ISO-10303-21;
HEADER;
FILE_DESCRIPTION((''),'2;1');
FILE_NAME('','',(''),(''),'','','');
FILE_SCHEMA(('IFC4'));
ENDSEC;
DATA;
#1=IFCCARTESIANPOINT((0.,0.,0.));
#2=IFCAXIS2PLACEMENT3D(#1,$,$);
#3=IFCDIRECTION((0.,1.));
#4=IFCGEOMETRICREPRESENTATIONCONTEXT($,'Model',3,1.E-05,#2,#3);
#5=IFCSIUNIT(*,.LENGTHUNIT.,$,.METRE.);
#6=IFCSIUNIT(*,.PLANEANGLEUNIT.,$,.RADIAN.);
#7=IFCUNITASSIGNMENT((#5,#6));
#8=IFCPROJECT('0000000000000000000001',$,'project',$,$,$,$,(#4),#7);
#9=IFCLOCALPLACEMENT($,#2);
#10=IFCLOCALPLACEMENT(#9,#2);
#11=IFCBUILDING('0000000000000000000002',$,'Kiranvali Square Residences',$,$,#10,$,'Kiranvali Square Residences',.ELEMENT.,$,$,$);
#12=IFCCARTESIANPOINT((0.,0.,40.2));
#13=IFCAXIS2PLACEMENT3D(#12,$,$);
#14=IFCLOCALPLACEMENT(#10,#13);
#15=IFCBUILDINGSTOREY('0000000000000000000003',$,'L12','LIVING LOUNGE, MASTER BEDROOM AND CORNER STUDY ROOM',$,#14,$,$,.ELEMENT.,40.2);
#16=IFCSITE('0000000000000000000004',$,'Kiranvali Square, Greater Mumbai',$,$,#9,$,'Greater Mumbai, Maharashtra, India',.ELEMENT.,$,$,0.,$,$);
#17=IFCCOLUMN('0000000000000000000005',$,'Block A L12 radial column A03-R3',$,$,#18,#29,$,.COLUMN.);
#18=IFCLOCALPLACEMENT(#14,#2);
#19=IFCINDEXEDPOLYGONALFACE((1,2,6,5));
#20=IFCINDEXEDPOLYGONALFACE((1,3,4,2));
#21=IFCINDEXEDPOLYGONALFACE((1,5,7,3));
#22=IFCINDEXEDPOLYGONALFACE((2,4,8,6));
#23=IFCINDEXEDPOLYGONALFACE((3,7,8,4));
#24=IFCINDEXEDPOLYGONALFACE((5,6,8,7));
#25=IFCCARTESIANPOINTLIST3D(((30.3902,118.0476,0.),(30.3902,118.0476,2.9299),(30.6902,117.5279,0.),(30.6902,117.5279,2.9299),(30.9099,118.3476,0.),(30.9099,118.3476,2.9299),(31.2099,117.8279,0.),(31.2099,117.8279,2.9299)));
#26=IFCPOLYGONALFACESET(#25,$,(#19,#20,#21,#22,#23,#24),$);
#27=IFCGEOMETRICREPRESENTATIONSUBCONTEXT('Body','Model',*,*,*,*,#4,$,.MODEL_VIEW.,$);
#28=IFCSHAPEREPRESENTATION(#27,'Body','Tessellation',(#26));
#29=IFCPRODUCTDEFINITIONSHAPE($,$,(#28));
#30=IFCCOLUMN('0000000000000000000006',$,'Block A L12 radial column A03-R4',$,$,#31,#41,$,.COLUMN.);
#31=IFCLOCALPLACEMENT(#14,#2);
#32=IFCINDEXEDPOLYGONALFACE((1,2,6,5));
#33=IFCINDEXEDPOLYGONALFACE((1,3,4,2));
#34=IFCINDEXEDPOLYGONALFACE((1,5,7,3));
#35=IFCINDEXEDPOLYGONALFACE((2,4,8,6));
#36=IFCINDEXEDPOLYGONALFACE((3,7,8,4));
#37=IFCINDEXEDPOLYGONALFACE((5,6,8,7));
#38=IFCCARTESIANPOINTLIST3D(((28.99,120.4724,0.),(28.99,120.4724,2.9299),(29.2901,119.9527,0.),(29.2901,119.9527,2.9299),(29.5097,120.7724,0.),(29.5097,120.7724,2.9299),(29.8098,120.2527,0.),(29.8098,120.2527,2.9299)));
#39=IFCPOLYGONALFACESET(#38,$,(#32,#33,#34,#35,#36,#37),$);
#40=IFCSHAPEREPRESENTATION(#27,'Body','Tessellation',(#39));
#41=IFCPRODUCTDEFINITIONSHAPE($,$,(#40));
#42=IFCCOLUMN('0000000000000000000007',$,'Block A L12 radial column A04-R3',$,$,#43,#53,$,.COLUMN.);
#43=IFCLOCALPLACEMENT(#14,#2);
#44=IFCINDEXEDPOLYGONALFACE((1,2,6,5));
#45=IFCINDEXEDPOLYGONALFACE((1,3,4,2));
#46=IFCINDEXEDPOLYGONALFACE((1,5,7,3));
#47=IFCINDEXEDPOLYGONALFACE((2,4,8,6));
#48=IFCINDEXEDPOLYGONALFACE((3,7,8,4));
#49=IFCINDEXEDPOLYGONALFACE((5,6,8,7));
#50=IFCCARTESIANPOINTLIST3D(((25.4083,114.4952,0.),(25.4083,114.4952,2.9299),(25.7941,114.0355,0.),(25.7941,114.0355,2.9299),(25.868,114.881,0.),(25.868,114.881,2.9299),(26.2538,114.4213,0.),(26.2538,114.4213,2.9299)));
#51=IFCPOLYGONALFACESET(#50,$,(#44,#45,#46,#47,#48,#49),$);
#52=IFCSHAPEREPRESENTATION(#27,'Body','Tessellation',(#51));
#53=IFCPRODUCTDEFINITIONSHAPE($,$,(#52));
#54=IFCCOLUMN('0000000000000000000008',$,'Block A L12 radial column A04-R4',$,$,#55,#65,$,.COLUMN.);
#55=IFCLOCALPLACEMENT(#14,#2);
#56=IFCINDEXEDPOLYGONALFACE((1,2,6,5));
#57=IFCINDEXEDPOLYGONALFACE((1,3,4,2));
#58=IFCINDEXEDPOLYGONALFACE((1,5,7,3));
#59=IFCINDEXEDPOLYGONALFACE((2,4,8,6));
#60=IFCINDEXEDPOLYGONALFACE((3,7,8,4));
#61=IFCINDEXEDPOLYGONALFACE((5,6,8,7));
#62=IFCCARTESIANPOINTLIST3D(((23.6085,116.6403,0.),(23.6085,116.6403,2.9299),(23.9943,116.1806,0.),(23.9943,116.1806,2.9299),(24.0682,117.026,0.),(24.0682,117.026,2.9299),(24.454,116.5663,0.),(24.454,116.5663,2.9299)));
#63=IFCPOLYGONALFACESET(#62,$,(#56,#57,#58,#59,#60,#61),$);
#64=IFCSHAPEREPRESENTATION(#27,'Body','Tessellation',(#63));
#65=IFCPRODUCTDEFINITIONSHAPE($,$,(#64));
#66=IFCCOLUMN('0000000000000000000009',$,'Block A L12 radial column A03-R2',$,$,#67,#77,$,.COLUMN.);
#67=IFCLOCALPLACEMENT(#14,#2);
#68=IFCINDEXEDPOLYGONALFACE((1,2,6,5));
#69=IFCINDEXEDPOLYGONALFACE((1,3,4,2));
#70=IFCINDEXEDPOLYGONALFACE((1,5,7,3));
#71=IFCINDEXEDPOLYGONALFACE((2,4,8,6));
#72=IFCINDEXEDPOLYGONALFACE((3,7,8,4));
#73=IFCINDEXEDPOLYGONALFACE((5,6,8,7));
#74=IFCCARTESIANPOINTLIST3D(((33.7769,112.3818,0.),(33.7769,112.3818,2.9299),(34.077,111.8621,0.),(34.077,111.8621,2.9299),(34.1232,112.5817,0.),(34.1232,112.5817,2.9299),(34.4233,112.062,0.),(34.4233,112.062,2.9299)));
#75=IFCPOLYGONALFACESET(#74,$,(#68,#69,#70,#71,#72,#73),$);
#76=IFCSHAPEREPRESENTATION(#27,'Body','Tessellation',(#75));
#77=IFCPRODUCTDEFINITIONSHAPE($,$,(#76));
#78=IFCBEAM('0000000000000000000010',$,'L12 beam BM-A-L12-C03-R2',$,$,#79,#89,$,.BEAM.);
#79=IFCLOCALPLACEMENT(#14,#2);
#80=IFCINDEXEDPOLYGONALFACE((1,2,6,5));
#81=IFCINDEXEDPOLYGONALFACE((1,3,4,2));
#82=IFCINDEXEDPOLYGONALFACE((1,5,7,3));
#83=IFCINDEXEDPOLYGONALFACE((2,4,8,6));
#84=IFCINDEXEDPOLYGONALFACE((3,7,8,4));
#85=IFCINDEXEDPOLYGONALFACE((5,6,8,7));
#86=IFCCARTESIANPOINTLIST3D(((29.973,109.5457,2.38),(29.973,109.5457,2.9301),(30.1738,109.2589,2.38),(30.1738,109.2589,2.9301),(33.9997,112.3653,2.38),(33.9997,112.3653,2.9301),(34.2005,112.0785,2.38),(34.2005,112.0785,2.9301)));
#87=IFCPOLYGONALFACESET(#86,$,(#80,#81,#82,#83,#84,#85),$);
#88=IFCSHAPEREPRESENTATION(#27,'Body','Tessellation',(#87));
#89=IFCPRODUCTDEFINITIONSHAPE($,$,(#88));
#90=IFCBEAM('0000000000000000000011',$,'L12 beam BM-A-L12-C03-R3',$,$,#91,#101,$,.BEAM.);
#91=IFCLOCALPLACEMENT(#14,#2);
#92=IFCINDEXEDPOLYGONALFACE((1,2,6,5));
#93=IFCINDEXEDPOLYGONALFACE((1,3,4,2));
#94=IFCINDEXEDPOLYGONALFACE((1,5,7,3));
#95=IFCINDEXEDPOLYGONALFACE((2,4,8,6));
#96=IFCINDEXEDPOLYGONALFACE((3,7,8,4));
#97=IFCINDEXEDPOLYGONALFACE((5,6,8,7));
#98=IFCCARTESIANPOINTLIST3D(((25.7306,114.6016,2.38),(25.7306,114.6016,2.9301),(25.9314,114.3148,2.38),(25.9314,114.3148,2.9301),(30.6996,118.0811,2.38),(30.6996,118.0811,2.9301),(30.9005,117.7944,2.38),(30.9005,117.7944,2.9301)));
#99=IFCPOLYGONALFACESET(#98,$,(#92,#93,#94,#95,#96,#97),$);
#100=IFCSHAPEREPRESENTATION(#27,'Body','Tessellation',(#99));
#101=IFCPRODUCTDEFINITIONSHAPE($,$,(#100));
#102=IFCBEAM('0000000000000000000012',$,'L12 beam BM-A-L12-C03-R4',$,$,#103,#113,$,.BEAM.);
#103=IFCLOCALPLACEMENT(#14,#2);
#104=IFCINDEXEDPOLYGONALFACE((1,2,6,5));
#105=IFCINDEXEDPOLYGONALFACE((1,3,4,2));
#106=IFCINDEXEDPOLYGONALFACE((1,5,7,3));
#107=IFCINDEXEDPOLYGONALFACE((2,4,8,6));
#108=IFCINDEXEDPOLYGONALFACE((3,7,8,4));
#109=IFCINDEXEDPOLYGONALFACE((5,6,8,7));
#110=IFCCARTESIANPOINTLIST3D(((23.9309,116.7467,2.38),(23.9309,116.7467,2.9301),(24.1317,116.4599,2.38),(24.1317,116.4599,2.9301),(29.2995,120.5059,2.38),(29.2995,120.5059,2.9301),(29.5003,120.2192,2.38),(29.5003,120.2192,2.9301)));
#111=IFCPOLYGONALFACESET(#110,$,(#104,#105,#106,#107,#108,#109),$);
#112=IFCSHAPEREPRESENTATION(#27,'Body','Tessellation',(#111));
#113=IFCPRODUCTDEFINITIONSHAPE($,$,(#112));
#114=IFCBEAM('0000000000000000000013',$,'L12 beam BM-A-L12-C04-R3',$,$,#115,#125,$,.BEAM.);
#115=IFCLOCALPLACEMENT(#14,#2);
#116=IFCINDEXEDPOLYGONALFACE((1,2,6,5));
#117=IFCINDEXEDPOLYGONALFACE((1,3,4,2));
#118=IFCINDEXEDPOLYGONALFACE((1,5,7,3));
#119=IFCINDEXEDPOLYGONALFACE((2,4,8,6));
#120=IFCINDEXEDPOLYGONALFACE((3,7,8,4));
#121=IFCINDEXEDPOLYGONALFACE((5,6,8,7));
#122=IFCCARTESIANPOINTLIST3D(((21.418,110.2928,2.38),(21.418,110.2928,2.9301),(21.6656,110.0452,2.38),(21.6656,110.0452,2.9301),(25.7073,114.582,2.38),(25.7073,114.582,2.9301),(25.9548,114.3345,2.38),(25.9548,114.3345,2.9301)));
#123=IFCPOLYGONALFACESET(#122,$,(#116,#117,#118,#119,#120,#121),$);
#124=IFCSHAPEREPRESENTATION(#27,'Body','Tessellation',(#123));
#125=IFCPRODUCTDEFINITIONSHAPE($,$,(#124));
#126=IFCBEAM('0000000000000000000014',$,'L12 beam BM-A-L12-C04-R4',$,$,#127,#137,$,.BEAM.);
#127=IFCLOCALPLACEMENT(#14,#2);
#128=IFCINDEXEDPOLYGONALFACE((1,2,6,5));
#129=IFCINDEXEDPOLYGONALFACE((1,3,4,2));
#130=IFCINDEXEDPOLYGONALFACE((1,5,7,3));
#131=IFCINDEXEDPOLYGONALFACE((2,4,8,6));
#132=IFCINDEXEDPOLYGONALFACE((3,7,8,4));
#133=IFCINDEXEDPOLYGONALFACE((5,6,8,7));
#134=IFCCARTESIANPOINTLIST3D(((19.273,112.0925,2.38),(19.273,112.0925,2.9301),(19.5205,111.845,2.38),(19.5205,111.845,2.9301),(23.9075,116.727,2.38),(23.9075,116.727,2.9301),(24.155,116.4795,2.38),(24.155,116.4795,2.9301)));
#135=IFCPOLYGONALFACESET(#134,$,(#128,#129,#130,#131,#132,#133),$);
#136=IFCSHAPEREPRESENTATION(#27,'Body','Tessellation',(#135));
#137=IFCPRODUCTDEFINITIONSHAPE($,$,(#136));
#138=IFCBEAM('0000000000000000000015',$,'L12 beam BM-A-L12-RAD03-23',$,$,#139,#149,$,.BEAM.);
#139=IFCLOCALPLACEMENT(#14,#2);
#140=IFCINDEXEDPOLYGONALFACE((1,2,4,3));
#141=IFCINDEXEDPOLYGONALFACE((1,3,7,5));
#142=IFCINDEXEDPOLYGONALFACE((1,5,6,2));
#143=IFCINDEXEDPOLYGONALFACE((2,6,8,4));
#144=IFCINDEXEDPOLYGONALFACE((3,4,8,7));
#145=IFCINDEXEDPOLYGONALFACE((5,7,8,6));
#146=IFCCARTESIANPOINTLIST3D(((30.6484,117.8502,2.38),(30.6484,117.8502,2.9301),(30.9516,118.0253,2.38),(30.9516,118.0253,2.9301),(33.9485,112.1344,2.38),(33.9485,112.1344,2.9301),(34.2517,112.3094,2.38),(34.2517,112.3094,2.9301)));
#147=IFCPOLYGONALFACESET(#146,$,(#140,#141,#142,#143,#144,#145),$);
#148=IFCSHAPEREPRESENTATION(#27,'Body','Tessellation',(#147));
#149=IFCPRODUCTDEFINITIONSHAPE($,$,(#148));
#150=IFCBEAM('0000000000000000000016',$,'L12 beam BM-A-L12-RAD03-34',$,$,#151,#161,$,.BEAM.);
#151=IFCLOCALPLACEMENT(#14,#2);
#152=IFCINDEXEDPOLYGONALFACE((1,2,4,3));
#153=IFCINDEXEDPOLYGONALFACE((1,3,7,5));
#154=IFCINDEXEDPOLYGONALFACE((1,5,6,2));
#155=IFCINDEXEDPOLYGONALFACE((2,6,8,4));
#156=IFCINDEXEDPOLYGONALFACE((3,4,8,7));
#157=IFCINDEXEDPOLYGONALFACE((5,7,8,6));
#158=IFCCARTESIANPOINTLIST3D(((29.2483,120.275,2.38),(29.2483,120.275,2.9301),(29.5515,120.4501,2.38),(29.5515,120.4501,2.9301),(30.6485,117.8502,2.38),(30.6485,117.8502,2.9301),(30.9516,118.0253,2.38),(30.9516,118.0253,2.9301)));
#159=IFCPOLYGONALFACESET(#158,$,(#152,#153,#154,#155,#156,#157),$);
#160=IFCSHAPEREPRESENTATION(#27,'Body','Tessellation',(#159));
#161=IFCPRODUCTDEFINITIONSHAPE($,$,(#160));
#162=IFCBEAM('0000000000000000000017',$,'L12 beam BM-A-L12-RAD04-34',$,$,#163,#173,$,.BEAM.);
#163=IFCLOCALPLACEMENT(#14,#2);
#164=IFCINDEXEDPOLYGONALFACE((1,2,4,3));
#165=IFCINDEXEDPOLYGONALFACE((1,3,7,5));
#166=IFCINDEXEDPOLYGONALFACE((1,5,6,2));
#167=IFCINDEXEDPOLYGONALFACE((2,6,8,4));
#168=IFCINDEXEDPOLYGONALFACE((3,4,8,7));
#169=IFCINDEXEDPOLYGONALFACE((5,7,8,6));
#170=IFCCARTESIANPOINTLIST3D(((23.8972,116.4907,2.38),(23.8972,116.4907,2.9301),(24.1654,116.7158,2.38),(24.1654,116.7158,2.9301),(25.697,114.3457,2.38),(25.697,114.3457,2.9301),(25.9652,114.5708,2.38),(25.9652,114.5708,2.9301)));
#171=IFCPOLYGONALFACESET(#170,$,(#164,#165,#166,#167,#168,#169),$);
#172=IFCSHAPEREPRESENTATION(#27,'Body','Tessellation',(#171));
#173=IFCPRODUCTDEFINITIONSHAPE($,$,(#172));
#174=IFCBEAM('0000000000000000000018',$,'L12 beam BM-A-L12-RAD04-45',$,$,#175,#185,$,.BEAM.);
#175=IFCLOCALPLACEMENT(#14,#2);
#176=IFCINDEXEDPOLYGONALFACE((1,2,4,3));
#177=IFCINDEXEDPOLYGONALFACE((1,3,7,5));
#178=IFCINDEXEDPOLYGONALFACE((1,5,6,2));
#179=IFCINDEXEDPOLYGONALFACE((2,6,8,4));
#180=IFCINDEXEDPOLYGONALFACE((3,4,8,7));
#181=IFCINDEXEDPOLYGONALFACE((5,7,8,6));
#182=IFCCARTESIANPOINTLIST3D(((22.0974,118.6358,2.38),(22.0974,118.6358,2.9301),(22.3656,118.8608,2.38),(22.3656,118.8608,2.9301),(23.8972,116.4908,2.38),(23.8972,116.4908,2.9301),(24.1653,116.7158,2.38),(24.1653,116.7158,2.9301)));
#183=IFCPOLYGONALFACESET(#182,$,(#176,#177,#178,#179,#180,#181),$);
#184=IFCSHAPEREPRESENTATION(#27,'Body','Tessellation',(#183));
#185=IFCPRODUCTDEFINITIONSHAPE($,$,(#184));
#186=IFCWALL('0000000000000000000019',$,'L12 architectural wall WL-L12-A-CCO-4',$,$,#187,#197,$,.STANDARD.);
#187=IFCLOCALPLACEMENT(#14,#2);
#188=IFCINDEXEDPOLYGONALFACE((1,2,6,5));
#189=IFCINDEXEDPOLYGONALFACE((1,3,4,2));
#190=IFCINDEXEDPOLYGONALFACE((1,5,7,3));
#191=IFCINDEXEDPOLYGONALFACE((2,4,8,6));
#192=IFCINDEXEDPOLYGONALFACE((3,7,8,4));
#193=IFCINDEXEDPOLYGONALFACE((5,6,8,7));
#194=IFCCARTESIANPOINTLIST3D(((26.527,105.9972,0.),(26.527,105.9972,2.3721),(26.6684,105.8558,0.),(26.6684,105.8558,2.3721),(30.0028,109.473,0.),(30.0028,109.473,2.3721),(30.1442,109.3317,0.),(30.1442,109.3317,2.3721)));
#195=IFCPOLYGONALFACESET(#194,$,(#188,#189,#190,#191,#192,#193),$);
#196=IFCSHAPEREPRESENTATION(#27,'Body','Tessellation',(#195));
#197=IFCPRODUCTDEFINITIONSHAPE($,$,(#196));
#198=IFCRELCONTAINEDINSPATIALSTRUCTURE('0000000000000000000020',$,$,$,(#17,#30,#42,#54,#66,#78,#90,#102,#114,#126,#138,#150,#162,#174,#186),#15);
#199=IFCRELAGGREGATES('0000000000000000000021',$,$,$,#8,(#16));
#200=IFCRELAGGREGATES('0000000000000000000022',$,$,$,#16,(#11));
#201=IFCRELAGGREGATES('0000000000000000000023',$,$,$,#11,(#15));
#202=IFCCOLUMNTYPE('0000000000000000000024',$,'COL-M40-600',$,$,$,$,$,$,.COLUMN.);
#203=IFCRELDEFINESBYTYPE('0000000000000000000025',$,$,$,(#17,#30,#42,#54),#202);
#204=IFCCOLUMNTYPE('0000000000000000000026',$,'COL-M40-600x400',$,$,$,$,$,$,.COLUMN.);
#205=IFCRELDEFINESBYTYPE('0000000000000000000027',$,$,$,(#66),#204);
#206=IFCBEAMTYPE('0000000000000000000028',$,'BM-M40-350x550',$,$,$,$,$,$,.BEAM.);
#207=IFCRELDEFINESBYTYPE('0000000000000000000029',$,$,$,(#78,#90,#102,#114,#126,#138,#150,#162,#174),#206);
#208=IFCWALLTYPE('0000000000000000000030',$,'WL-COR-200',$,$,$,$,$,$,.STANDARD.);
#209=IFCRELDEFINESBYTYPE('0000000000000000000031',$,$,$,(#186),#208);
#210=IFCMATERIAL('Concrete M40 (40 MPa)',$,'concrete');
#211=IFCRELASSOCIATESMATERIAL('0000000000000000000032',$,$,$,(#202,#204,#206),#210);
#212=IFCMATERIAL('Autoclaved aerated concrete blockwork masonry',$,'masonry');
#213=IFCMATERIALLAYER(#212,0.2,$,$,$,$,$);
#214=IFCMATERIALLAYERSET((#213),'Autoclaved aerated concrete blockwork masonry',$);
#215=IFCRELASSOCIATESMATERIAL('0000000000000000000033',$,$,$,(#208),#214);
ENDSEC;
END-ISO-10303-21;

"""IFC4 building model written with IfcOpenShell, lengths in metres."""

from ifc_helpers import new_model, si_unit, direction, frame, frame_2d, origin, origin_2d, place, context, subcontext, project, spatial, rectangle, extrude, material, layer, layer_set, material_profile, profile_set, type_object, element, save


model = new_model("IFC4")

# Units and contexts
model_context = context("Model", 3, precision=1e-05, world=origin(), true_north=direction((0.0, 1.0)))
body_context = subcontext(model_context, "Body", "Model", "MODEL_VIEW")
ifc_project = project(units=[si_unit("LENGTHUNIT", "METRE"), si_unit("PLANEANGLEUNIT", "RADIAN")], contexts=[model_context])

# Site, building, storey
site_placement = place(None, origin())
site = spatial("IfcSite", under=ifc_project, at=site_placement, Name="Kiranvali Square, Greater Mumbai", LongName="Greater Mumbai, Maharashtra, India", CompositionType="ELEMENT", RefElevation=0.0)
building_placement = place(site_placement, origin())
building = spatial("IfcBuilding", under=site, at=building_placement, Name="Kiranvali Square Residences", LongName="Kiranvali Square Residences", CompositionType="ELEMENT")
storey_placement = place(building_placement, frame((0.0, 0.0, 40.2)))
storey = spatial("IfcBuildingStorey", under=building, at=storey_placement, Name="L12", Description="LIVING LOUNGE, MASTER BEDROOM AND CORNER STUDY ROOM", CompositionType="ELEMENT", Elevation=40.2)

# Columns
ifc_material_1 = material(Name="Concrete M40 (40 MPa)", Category="concrete")
ifc_material_profile_1 = material_profile(ifc_material_1, rectangle(XDim=0.6001, YDim=0.6001, at=origin_2d()), Name="RC 600x600")
ifc_profile_set_1 = profile_set([ifc_material_profile_1], Name="Concrete M40 (40 MPa)")
column_type_1 = type_object("IfcColumnType", Name="COL-M40-600", PredefinedType="COLUMN", material=ifc_profile_set_1)
for number, where, z_axis, x_axis, name in (
    (1, (30.8, 117.9377, 0.0), (0.0, 0.0, 1.0), (0.866025, 0.5, 0.0), "Block A L12 radial column A03-R3"),
    (2, (29.3999, 120.3625, 0.0), (0.0, 0.0, 1.0), (0.866025, 0.5, 0.0), "Block A L12 radial column A03-R4"),
    (3, (25.8311, 114.4583, 0.0), (0.0, 0.0, 1.0), (0.766044, 0.642788, 0.0), "Block A L12 radial column A04-R3"),
    (4, (24.0312, 116.6033, 0.0), (0.0, 0.0, 1.0), (0.766044, 0.642788, 0.0), "Block A L12 radial column A04-R4"),
):
    element("IfcColumn", number, at=place(storey_placement, frame(where, z_axis=z_axis, x_axis=x_axis)), inside=storey, type_object=column_type_1, Name=name, PredefinedType="COLUMN", context=body_context, shape_type="SweptSolid", body=[
        extrude(rectangle(XDim=0.6001, YDim=0.6001, at=origin_2d()), origin(), (0.0, 0.0, 1.0), 2.9299),
    ])
ifc_material_profile_2 = material_profile(ifc_material_1, rectangle(XDim=0.3999, YDim=0.6001, at=origin_2d()), Name="RC 600x400")
ifc_profile_set_2 = profile_set([ifc_material_profile_2], Name="Concrete M40 (40 MPa)")
column_type_2 = type_object("IfcColumnType", Name="COL-M40-600x400", PredefinedType="COLUMN", material=ifc_profile_set_2)
column_placement = place(storey_placement, frame((34.1001, 112.2219, 0.0), z_axis=(0.0, 0.0, 1.0), x_axis=(0.866025, 0.5, 0.0)))
element("IfcColumn", 5, at=column_placement, inside=storey, type_object=column_type_2, Name="Block A L12 radial column A03-R2", PredefinedType="COLUMN", context=body_context, shape_type="SweptSolid", body=[
    extrude(rectangle(XDim=0.3999, YDim=0.6001, at=origin_2d()), origin(), (0.0, 0.0, 1.0), 2.9299),
])

# Beams
ifc_material_profile_3 = material_profile(ifc_material_1, rectangle(XDim=0.3501, YDim=0.55, at=origin_2d()), Name="RC 350x550")
ifc_profile_set_3 = profile_set([ifc_material_profile_3], Name="Concrete M40 (40 MPa)")
beam_type = type_object("IfcBeamType", Name="BM-M40-350x550", PredefinedType="BEAM", material=ifc_profile_set_3)
beam_1_placement = place(storey_placement, frame((34.1001, 112.2219, 2.655), z_axis=(-0.819141, -0.573592, 0.0), x_axis=(0.573592, -0.819141, 0.0)))
element("IfcBeam", 6, at=beam_1_placement, inside=storey, type_object=beam_type, Name="L12 beam BM-A-L12-C03-R2", PredefinedType="BEAM", context=body_context, shape_type="SweptSolid", body=[
    extrude(rectangle(XDim=0.3501, YDim=0.55, at=origin_2d()), origin(), (0.0, 0.0, 1.0), 4.9158),
])
beam_2_placement = place(storey_placement, frame((30.8, 117.9377, 2.655), z_axis=(-0.819139, -0.573595, 0.0), x_axis=(0.573595, -0.819139, 0.0)))
element("IfcBeam", 7, at=beam_2_placement, inside=storey, type_object=beam_type, Name="L12 beam BM-A-L12-C03-R3", PredefinedType="BEAM", context=body_context, shape_type="SweptSolid", body=[
    extrude(rectangle(XDim=0.3501, YDim=0.55, at=origin_2d()), origin(), (0.0, 0.0, 1.0), 6.0662),
])
beam_3_placement = place(storey_placement, frame((29.3999, 120.3625, 2.655), z_axis=(-0.819144, -0.573587, 0.0), x_axis=(0.573587, -0.819144, 0.0)))
element("IfcBeam", 8, at=beam_3_placement, inside=storey, type_object=beam_type, Name="L12 beam BM-A-L12-C03-R4", PredefinedType="BEAM", context=body_context, shape_type="SweptSolid", body=[
    extrude(rectangle(XDim=0.3501, YDim=0.55, at=origin_2d()), origin(), (0.0, 0.0, 1.0), 6.554),
])
beam_4_placement = place(storey_placement, frame((25.8311, 114.4583, 2.655), z_axis=(-0.707107, -0.707107, 0.0), x_axis=(0.707107, -0.707107, 0.0)))
element("IfcBeam", 9, at=beam_4_placement, inside=storey, type_object=beam_type, Name="L12 beam BM-A-L12-C04-R3", PredefinedType="BEAM", context=body_context, shape_type="SweptSolid", body=[
    extrude(rectangle(XDim=0.3501, YDim=0.55, at=origin_2d()), origin(), (0.0, 0.0, 1.0), 6.0659),
])
beam_5_placement = place(storey_placement, frame((24.0312, 116.6033, 2.655), z_axis=(-0.707107, -0.707107, 0.0), x_axis=(0.707107, -0.707107, 0.0)))
element("IfcBeam", 10, at=beam_5_placement, inside=storey, type_object=beam_type, Name="L12 beam BM-A-L12-C04-R4", PredefinedType="BEAM", context=body_context, shape_type="SweptSolid", body=[
    extrude(rectangle(XDim=0.3501, YDim=0.55, at=origin_2d()), origin(), (0.0, 0.0, 1.0), 6.5542),
])
beam_6_placement = place(storey_placement, frame((34.1001, 112.2219, 2.655), z_axis=(-0.500002, 0.866024, 0.0), x_axis=(-0.866024, -0.500002, 0.0)))
element("IfcBeam", 11, at=beam_6_placement, inside=storey, type_object=beam_type, Name="L12 beam BM-A-L12-RAD03-23", PredefinedType="BEAM", context=body_context, shape_type="SweptSolid", body=[
    extrude(rectangle(XDim=0.3501, YDim=0.55, at=origin_2d()), origin(), (0.0, 0.0, 1.0), 6.6001),
])
for number, where, z_axis, x_axis, name in (
    (12, (30.8, 117.9377, 2.655), (-0.50005, 0.865997, 0.0), (-0.865997, -0.50005, 0.0), "L12 beam BM-A-L12-RAD03-34"),
    (13, (25.8311, 114.4583, 2.655), (-0.642771, 0.766059, 0.0), (-0.766059, -0.642771, 0.0), "L12 beam BM-A-L12-RAD04-34"),
    (14, (24.0312, 116.6033, 2.655), (-0.642771, 0.766059, 0.0), (-0.766059, -0.642771, 0.0), "L12 beam BM-A-L12-RAD04-45"),
):
    element("IfcBeam", number, at=place(storey_placement, frame(where, z_axis=z_axis, x_axis=x_axis)), inside=storey, type_object=beam_type, Name=name, PredefinedType="BEAM", context=body_context, shape_type="SweptSolid", body=[
        extrude(rectangle(XDim=0.3501, YDim=0.55, at=origin_2d()), origin(), (0.0, 0.0, 1.0), 2.8),
    ])

# Shared definitions
ifc_material_2 = material(Name="Autoclaved aerated concrete blockwork masonry", Category="masonry")
ifc_layer_1 = layer(ifc_material_2, 0.2)
ifc_layer_set_1 = layer_set([ifc_layer_1], Name="Autoclaved aerated concrete blockwork masonry")
wall_type_1 = type_object("IfcWallType", Name="WL-COR-200", PredefinedType="STANDARD", material=ifc_layer_set_1)

# Wall
wall_1_placement = place(storey_placement, frame((30.0735, 109.4023, 0.0), z_axis=(0.0, 0.0, 1.0), x_axis=(-0.707107, -0.707107, 0.0)))
element("IfcWall", 15, at=wall_1_placement, inside=storey, type_object=wall_type_1, Name="L12 architectural wall WL-L12-A-CCO-4", PredefinedType="STANDARD", context=body_context, shape_type="SweptSolid", body=[
    extrude(rectangle(XDim=4.9155, YDim=0.2, at=frame_2d((2.4578, 0.0))), origin(), (0.0, 0.0, 1.0), 2.3721),
])

save(model, "model.ifc")
